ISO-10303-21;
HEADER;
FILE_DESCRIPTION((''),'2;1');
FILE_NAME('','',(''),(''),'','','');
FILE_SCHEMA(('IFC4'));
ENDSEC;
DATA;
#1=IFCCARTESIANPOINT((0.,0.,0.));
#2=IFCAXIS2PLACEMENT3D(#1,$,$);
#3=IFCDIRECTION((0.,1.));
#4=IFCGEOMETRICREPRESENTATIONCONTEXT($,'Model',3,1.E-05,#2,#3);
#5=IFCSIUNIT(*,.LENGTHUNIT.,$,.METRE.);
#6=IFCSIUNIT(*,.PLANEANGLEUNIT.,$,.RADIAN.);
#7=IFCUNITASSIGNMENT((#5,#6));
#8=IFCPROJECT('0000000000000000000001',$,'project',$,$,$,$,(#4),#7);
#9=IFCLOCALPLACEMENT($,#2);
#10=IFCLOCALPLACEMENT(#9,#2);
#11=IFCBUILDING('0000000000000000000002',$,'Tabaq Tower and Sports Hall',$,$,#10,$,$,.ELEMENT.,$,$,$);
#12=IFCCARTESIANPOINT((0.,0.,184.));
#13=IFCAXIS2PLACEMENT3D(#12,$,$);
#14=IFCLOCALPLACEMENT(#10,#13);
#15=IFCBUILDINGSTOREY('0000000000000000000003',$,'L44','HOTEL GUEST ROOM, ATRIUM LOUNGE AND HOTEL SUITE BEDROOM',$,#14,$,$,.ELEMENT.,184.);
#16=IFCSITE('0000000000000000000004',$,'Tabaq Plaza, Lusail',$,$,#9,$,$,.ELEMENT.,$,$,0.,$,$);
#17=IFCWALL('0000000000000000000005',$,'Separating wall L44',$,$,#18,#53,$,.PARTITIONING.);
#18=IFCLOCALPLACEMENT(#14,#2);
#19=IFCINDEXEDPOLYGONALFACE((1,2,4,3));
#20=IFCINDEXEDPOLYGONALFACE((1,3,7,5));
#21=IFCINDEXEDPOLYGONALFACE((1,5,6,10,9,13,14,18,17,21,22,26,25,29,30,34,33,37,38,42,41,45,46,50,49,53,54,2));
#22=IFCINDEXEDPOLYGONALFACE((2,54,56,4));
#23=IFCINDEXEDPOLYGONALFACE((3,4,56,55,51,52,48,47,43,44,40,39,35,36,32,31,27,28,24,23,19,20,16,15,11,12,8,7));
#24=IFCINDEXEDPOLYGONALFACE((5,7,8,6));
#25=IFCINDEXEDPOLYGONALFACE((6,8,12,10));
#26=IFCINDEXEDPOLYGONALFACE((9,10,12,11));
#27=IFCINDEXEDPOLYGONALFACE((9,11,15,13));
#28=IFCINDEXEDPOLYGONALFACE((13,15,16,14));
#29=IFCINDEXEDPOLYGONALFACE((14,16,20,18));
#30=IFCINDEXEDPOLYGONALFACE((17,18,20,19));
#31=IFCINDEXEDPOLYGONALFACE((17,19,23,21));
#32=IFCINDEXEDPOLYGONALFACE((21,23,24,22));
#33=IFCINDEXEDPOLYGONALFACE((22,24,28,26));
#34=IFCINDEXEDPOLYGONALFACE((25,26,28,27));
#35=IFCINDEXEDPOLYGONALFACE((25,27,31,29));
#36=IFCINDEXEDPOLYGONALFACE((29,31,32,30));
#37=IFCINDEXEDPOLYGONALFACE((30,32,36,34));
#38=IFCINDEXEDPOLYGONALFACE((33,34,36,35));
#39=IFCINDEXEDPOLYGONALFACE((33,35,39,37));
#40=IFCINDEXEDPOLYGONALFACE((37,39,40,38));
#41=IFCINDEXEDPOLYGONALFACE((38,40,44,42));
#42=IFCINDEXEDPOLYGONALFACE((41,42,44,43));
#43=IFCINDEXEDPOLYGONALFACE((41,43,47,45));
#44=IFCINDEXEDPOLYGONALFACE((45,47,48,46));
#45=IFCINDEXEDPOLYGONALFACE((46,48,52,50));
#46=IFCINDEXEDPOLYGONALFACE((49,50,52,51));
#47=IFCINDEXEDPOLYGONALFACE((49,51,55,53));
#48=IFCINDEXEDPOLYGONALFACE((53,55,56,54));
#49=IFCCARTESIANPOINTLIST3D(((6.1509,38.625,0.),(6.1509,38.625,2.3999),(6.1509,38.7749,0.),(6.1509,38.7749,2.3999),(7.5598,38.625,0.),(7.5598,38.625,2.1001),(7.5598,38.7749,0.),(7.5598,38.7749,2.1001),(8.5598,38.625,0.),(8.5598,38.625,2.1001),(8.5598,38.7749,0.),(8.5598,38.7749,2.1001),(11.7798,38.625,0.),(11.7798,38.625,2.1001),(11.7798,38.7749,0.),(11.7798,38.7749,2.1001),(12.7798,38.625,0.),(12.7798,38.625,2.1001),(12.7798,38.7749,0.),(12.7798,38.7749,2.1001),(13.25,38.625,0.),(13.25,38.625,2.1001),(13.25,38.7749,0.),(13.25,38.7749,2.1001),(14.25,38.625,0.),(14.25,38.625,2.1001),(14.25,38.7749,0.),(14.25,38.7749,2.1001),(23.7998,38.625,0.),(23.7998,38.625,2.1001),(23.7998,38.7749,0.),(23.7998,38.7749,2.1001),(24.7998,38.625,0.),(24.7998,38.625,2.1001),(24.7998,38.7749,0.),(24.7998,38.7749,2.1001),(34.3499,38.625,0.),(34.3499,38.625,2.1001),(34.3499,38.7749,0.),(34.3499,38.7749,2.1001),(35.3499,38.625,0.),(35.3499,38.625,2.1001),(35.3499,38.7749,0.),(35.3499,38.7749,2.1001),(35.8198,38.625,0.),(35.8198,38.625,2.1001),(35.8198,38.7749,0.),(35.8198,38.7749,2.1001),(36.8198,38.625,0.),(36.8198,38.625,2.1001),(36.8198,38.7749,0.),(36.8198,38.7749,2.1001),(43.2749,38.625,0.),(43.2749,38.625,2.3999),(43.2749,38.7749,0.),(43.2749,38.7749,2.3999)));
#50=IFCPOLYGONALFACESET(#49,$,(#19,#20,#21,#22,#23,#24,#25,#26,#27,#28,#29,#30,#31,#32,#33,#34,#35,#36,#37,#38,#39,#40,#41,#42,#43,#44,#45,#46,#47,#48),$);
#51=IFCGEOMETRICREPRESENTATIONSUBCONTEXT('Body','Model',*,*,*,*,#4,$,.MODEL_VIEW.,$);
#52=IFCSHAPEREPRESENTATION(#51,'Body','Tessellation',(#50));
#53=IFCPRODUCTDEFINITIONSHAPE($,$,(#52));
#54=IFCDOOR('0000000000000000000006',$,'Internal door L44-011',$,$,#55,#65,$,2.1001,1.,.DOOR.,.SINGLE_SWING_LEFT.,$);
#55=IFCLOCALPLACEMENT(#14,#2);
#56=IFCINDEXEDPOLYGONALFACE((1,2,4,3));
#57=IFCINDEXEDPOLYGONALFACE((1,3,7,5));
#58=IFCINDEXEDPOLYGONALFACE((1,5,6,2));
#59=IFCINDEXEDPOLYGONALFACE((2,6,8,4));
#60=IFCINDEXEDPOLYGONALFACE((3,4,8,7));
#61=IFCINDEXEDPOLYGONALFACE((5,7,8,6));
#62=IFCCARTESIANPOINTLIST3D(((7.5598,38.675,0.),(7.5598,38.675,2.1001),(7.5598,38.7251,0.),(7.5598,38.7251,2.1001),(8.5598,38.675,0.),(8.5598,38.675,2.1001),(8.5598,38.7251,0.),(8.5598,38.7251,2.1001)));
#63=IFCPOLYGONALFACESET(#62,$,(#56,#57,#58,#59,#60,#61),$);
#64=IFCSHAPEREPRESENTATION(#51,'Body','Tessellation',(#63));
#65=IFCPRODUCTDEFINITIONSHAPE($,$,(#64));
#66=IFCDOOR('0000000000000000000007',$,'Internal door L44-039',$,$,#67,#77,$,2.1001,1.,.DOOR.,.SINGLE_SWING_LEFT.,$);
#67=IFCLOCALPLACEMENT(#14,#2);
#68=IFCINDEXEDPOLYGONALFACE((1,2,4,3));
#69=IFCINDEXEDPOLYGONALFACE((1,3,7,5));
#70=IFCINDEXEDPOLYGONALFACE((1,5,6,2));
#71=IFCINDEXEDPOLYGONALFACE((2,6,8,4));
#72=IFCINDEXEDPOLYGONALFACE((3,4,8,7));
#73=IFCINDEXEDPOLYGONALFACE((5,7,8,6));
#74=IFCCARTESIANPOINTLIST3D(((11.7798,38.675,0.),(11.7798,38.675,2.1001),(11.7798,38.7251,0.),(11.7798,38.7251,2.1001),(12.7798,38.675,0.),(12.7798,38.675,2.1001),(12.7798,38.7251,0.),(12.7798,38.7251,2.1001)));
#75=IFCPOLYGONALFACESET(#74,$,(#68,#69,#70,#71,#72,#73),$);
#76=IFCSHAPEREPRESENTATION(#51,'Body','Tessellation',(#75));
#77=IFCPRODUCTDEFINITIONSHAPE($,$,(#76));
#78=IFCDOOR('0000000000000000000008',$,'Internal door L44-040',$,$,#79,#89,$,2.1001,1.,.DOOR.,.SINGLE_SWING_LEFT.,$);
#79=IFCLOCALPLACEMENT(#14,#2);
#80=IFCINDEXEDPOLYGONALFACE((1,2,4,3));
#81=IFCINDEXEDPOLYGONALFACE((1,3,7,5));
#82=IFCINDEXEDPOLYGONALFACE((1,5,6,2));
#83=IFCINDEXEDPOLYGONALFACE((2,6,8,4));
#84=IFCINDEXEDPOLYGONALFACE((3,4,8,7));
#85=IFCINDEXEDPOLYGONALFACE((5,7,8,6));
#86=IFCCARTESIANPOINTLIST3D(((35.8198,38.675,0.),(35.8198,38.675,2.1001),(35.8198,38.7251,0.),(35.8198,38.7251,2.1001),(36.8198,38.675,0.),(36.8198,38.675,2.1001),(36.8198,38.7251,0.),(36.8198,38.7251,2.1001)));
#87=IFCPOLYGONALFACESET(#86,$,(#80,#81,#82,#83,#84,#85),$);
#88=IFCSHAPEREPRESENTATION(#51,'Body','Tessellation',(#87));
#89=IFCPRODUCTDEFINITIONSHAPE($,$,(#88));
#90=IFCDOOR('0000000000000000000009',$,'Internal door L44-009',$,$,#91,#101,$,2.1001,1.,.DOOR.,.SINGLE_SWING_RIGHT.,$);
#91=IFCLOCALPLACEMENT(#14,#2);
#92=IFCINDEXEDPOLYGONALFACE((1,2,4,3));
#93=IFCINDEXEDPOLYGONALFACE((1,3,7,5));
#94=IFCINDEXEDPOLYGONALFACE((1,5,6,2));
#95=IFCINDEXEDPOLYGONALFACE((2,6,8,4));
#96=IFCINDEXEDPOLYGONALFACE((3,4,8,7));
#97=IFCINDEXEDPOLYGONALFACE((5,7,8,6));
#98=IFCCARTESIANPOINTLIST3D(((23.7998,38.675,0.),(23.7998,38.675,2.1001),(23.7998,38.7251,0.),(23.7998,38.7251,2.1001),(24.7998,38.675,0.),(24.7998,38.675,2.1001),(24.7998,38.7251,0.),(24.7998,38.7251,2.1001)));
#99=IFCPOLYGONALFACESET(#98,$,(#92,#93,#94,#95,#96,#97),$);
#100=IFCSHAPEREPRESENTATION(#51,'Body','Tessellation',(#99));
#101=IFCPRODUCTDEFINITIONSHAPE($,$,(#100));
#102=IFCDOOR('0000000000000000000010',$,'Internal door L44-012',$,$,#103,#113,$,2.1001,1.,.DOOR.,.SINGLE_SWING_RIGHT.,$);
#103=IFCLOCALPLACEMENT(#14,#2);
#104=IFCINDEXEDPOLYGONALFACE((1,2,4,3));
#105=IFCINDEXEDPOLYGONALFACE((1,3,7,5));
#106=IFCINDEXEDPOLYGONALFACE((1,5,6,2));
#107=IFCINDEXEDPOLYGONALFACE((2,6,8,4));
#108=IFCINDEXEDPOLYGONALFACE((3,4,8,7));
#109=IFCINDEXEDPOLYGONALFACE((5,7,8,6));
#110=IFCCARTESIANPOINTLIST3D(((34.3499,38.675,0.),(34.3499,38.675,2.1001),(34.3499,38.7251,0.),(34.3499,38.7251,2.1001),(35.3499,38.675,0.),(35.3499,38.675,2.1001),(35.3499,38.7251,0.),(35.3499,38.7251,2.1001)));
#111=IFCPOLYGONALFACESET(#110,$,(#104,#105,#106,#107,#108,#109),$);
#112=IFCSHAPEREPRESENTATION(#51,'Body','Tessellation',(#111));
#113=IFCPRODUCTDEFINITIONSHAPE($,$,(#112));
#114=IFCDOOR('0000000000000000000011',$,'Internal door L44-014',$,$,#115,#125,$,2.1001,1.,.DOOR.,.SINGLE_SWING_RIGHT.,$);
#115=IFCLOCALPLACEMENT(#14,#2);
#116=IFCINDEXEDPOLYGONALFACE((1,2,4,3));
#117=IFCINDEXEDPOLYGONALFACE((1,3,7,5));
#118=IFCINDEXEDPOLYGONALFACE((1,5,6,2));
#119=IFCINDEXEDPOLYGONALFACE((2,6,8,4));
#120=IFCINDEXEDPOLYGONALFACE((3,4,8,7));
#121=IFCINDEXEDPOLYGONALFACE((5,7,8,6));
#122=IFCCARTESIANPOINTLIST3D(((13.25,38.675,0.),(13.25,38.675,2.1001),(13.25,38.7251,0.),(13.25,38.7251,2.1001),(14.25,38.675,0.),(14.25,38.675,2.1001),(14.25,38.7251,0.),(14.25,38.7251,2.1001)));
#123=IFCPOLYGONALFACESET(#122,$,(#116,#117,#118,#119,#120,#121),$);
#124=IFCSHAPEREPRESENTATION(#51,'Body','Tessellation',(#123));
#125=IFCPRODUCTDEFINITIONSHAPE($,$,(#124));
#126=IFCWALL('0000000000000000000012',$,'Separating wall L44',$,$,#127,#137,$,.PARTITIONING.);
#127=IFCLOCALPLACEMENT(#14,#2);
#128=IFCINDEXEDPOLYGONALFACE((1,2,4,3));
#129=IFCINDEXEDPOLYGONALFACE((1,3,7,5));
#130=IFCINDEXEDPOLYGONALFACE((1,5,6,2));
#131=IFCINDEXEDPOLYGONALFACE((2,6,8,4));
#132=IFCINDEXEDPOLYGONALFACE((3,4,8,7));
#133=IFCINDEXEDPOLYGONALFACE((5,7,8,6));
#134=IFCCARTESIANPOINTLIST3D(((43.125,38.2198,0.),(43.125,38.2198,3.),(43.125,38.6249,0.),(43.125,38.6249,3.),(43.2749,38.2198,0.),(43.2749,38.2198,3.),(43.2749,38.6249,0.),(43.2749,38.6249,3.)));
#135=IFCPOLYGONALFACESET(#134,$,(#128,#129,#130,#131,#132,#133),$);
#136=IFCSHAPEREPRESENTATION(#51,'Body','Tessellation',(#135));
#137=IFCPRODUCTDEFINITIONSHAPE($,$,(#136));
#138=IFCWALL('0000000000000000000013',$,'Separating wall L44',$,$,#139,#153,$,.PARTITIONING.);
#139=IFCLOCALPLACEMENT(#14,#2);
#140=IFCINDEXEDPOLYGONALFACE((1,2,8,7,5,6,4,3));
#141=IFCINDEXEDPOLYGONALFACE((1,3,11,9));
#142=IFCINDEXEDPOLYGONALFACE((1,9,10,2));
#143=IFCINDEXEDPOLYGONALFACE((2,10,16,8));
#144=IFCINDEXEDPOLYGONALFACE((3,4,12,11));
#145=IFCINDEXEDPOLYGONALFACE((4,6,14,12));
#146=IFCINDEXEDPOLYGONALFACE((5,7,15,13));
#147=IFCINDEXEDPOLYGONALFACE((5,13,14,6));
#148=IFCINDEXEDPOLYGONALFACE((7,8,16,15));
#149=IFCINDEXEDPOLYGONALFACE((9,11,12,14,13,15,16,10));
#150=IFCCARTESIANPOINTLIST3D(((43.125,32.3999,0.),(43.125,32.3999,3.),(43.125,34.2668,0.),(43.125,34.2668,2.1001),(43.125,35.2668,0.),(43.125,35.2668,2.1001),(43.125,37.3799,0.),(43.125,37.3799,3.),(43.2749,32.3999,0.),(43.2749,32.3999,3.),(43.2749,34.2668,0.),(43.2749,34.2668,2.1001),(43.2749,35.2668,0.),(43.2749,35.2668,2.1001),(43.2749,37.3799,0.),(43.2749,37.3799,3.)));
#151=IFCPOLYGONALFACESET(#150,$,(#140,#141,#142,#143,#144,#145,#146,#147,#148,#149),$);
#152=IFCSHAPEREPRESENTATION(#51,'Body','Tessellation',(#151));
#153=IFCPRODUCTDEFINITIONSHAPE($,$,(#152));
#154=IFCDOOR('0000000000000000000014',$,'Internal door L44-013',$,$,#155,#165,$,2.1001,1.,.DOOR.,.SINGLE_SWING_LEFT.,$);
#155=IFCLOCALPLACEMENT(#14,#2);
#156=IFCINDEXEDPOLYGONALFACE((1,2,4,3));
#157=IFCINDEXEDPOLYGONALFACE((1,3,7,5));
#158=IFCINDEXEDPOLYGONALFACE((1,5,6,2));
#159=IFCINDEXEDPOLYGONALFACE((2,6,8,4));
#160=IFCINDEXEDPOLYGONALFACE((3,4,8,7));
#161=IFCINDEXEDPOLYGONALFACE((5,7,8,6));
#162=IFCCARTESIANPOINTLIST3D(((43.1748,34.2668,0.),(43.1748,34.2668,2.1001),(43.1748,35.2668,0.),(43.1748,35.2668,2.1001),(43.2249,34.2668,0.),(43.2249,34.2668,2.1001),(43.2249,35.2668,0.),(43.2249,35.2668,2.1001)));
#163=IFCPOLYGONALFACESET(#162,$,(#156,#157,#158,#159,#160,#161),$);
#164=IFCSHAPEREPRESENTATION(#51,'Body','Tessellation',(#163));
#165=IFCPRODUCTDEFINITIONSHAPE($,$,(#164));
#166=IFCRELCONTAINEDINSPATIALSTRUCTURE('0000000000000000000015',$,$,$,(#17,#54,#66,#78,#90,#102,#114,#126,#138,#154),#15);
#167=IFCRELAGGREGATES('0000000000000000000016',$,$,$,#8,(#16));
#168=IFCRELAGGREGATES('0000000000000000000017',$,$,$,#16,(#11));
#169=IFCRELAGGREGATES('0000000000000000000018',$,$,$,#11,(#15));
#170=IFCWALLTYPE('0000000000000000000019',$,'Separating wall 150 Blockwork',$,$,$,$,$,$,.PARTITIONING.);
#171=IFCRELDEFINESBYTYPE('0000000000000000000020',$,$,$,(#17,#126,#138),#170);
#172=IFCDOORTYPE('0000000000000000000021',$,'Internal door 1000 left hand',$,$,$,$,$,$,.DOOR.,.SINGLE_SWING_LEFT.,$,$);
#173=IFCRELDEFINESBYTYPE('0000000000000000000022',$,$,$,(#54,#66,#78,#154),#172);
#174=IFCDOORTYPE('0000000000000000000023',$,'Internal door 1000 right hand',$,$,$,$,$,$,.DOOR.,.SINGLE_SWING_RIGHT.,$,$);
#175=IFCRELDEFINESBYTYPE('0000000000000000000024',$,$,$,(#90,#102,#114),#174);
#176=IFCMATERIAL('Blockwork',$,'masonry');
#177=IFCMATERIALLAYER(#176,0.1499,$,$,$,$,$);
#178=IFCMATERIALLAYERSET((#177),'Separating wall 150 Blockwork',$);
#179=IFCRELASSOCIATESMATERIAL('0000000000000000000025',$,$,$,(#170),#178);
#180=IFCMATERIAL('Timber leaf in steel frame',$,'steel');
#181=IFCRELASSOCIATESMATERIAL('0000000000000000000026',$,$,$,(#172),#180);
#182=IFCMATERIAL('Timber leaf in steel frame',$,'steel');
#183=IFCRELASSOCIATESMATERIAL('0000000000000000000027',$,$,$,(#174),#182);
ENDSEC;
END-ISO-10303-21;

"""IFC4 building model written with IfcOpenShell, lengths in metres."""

from ifc_helpers import new_model, si_unit, direction, frame, frame_2d, origin, place, context, subcontext, project, spatial, rectangle, extrude, material, layer, layer_set, type_object, element, fill, save


model = new_model("IFC4")

# Units and contexts
model_context = context("Model", 3, precision=1e-05, world=origin(), true_north=direction((0.0, 1.0)))
body_context = subcontext(model_context, "Body", "Model", "MODEL_VIEW")
ifc_project = project(units=[si_unit("LENGTHUNIT", "METRE"), si_unit("PLANEANGLEUNIT", "RADIAN")], contexts=[model_context])

# Site, building, storey
site_placement = place(None, origin())
site = spatial("IfcSite", under=ifc_project, at=site_placement, Name="Tabaq Plaza, Lusail", CompositionType="ELEMENT", RefElevation=0.0)
building_placement = place(site_placement, origin())
building = spatial("IfcBuilding", under=site, at=building_placement, Name="Tabaq Tower and Sports Hall", CompositionType="ELEMENT")
storey_placement = place(building_placement, frame((0.0, 0.0, 184.0)))
storey = spatial("IfcBuildingStorey", under=building, at=storey_placement, Name="L44", Description="HOTEL GUEST ROOM, ATRIUM LOUNGE AND HOTEL SUITE BEDROOM", CompositionType="ELEMENT", Elevation=184.0)

# Shared definitions
ifc_material_1 = material(Name="Blockwork", Category="masonry")
ifc_layer_1 = layer(ifc_material_1, 0.1499)
ifc_layer_set_1 = layer_set([ifc_layer_1], Name="Separating wall 150 Blockwork")
wall_type_1 = type_object("IfcWallType", Name="Separating wall 150 Blockwork", PredefinedType="PARTITIONING", material=ifc_layer_set_1)

# Wall, openings, doors
wall_1_placement = place(storey_placement, frame((43.2749, 38.7, 0.0), z_axis=(0.0, 0.0, 1.0), x_axis=(-1.0, 0.0, 0.0)))
wall_1 = element("IfcWall", 1, at=wall_1_placement, inside=storey, type_object=wall_type_1, Name="Separating wall L44", PredefinedType="PARTITIONING", context=body_context, shape_type="SweptSolid", body=[
    extrude(rectangle(XDim=37.124, YDim=0.1499, at=frame_2d((18.562, 0.0))), origin(), (0.0, 0.0, 1.0), 2.3999),
])
opening_1_placement = place(wall_1_placement, frame((18.4751, 0.0, 0.0)))
opening_1 = element("IfcOpeningElement", 2, at=opening_1_placement, cuts=wall_1, PredefinedType="OPENING", context=body_context, shape_type="SweptSolid", body=[
    extrude(rectangle(XDim=1.0, YDim=2.1001, at=frame_2d((0.5, 1.05))), frame((0.0, 0.075, 0.0), z_axis=(0.0, -1.0, 0.0), x_axis=(1.0, 0.0, 0.0)), (0.0, 0.0, 1.0), 0.1499),
])
opening_2_placement = place(wall_1_placement, frame((34.7151, 0.0, 0.0)))
opening_2 = element("IfcOpeningElement", 3, at=opening_2_placement, cuts=wall_1, PredefinedType="OPENING", context=body_context, shape_type="SweptSolid", body=[
    extrude(rectangle(XDim=1.0, YDim=2.1001, at=frame_2d((0.5, 1.05))), frame((0.0, 0.075, 0.0), z_axis=(0.0, -1.0, 0.0), x_axis=(1.0, 0.0, 0.0)), (0.0, 0.0, 1.0), 0.1499),
])
opening_3_placement = place(wall_1_placement, frame((7.925, 0.0, 0.0)))
opening_3 = element("IfcOpeningElement", 4, at=opening_3_placement, cuts=wall_1, PredefinedType="OPENING", context=body_context, shape_type="SweptSolid", body=[
    extrude(rectangle(XDim=1.0, YDim=2.1001, at=frame_2d((0.5, 1.05))), frame((0.0, 0.075, 0.0), z_axis=(0.0, -1.0, 0.0), x_axis=(1.0, 0.0, 0.0)), (0.0, 0.0, 1.0), 0.1499),
])
opening_4_placement = place(wall_1_placement, frame((29.0249, 0.0, 0.0)))
opening_4 = element("IfcOpeningElement", 5, at=opening_4_placement, cuts=wall_1, PredefinedType="OPENING", context=body_context, shape_type="SweptSolid", body=[
    extrude(rectangle(XDim=1.0, YDim=2.1001, at=frame_2d((0.5, 1.05))), frame((0.0, 0.075, 0.0), z_axis=(0.0, -1.0, 0.0), x_axis=(1.0, 0.0, 0.0)), (0.0, 0.0, 1.0), 0.1499),
])
opening_5_placement = place(wall_1_placement, frame((30.4951, 0.0, 0.0)))
opening_5 = element("IfcOpeningElement", 6, at=opening_5_placement, cuts=wall_1, PredefinedType="OPENING", context=body_context, shape_type="SweptSolid", body=[
    extrude(rectangle(XDim=1.0, YDim=2.1001, at=frame_2d((0.5, 1.05))), frame((0.0, 0.075, 0.0), z_axis=(0.0, -1.0, 0.0), x_axis=(1.0, 0.0, 0.0)), (0.0, 0.0, 1.0), 0.1499),
])
opening_6_placement = place(wall_1_placement, frame((6.4551, 0.0, 0.0)))
opening_6 = element("IfcOpeningElement", 7, at=opening_6_placement, cuts=wall_1, PredefinedType="OPENING", context=body_context, shape_type="SweptSolid", body=[
    extrude(rectangle(XDim=1.0, YDim=2.1001, at=frame_2d((0.5, 1.05))), frame((0.0, 0.075, 0.0), z_axis=(0.0, -1.0, 0.0), x_axis=(1.0, 0.0, 0.0)), (0.0, 0.0, 1.0), 0.1499),
])
ifc_material_2 = material(Name="Timber leaf in steel frame", Category="steel")
door_type_1 = type_object("IfcDoorType", Name="Internal door 1000 left hand", OperationType="SINGLE_SWING_LEFT", PredefinedType="DOOR", material=ifc_material_2)
door_1_placement = place(opening_2_placement, origin())
door_1 = element("IfcDoor", 8, at=door_1_placement, inside=storey, type_object=door_type_1, Name="Internal door L44-011", OperationType="SINGLE_SWING_LEFT", OverallHeight=2.1001, OverallWidth=1.0, PredefinedType="DOOR", context=body_context, shape_type="SweptSolid", body=[
    extrude(rectangle(XDim=1.0, YDim=2.1001, at=frame_2d((0.5, 1.05))), frame((0.0, 0.0249, 0.0), z_axis=(0.0, -1.0, 0.0), x_axis=(1.0, 0.0, 0.0)), (0.0, 0.0, 1.0), 0.05),
])
fill(opening_2, door_1)
door_2_placement = place(opening_5_placement, origin())
door_2 = element("IfcDoor", 9, at=door_2_placement, inside=storey, type_object=door_type_1, Name="Internal door L44-039", OperationType="SINGLE_SWING_LEFT", OverallHeight=2.1001, OverallWidth=1.0, PredefinedType="DOOR", context=body_context, shape_type="SweptSolid", body=[
    extrude(rectangle(XDim=1.0, YDim=2.1001, at=frame_2d((0.5, 1.05))), frame((0.0, 0.0249, 0.0), z_axis=(0.0, -1.0, 0.0), x_axis=(1.0, 0.0, 0.0)), (0.0, 0.0, 1.0), 0.05),
])
fill(opening_5, door_2)
door_3_placement = place(opening_6_placement, origin())
door_3 = element("IfcDoor", 10, at=door_3_placement, inside=storey, type_object=door_type_1, Name="Internal door L44-040", OperationType="SINGLE_SWING_LEFT", OverallHeight=2.1001, OverallWidth=1.0, PredefinedType="DOOR", context=body_context, shape_type="SweptSolid", body=[
    extrude(rectangle(XDim=1.0, YDim=2.1001, at=frame_2d((0.5, 1.05))), frame((0.0, 0.0249, 0.0), z_axis=(0.0, -1.0, 0.0), x_axis=(1.0, 0.0, 0.0)), (0.0, 0.0, 1.0), 0.05),
])
fill(opening_6, door_3)
ifc_material_3 = material(Name="Timber leaf in steel frame", Category="steel")
door_type_2 = type_object("IfcDoorType", Name="Internal door 1000 right hand", OperationType="SINGLE_SWING_RIGHT", PredefinedType="DOOR", material=ifc_material_3)
door_4_placement = place(opening_1_placement, origin())
door_4 = element("IfcDoor", 11, at=door_4_placement, inside=storey, type_object=door_type_2, Name="Internal door L44-009", OperationType="SINGLE_SWING_RIGHT", OverallHeight=2.1001, OverallWidth=1.0, PredefinedType="DOOR", context=body_context, shape_type="SweptSolid", body=[
    extrude(rectangle(XDim=1.0, YDim=2.1001, at=frame_2d((0.5, 1.05))), frame((0.0, 0.0249, 0.0), z_axis=(0.0, -1.0, 0.0), x_axis=(1.0, 0.0, 0.0)), (0.0, 0.0, 1.0), 0.05),
])
fill(opening_1, door_4)
door_5_placement = place(opening_3_placement, origin())
door_5 = element("IfcDoor", 12, at=door_5_placement, inside=storey, type_object=door_type_2, Name="Internal door L44-012", OperationType="SINGLE_SWING_RIGHT", OverallHeight=2.1001, OverallWidth=1.0, PredefinedType="DOOR", context=body_context, shape_type="SweptSolid", body=[
    extrude(rectangle(XDim=1.0, YDim=2.1001, at=frame_2d((0.5, 1.05))), frame((0.0, 0.0249, 0.0), z_axis=(0.0, -1.0, 0.0), x_axis=(1.0, 0.0, 0.0)), (0.0, 0.0, 1.0), 0.05),
])
fill(opening_3, door_5)
door_6_placement = place(opening_4_placement, origin())
door_6 = element("IfcDoor", 13, at=door_6_placement, inside=storey, type_object=door_type_2, Name="Internal door L44-014", OperationType="SINGLE_SWING_RIGHT", OverallHeight=2.1001, OverallWidth=1.0, PredefinedType="DOOR", context=body_context, shape_type="SweptSolid", body=[
    extrude(rectangle(XDim=1.0, YDim=2.1001, at=frame_2d((0.5, 1.05))), frame((0.0, 0.0249, 0.0), z_axis=(0.0, -1.0, 0.0), x_axis=(1.0, 0.0, 0.0)), (0.0, 0.0, 1.0), 0.05),
])
fill(opening_4, door_6)

# Wall
wall_2_placement = place(storey_placement, frame((43.2, 38.625, 0.0), z_axis=(0.0, 0.0, 1.0), x_axis=(0.0, -1.0, 0.0)))
element("IfcWall", 14, at=wall_2_placement, inside=storey, type_object=wall_type_1, Name="Separating wall L44", PredefinedType="PARTITIONING", context=body_context, shape_type="SweptSolid", body=[
    extrude(rectangle(XDim=0.405, YDim=0.1499, at=frame_2d((0.2026, 0.0))), origin(), (0.0, 0.0, 1.0), 3.0),
])

# Wall, opening, door
wall_3_placement = place(storey_placement, frame((43.2, 37.3799, 0.0), z_axis=(0.0, 0.0, 1.0), x_axis=(0.0, -1.0, 0.0)))
wall_3 = element("IfcWall", 15, at=wall_3_placement, inside=storey, type_object=wall_type_1, Name="Separating wall L44", PredefinedType="PARTITIONING", context=body_context, shape_type="SweptSolid", body=[
    extrude(rectangle(XDim=4.98, YDim=0.1499, at=frame_2d((2.49, 0.0))), origin(), (0.0, 0.0, 1.0), 3.0),
])
opening_7_placement = place(wall_3_placement, frame((2.113, 0.0, 0.0)))
opening_7 = element("IfcOpeningElement", 16, at=opening_7_placement, cuts=wall_3, PredefinedType="OPENING", context=body_context, shape_type="SweptSolid", body=[
    extrude(rectangle(XDim=1.0, YDim=2.1001, at=frame_2d((0.5, 1.05))), frame((0.0, 0.075, 0.0), z_axis=(0.0, -1.0, 0.0), x_axis=(1.0, 0.0, 0.0)), (0.0, 0.0, 1.0), 0.1499),
])
door_7_placement = place(opening_7_placement, origin())
door_7 = element("IfcDoor", 17, at=door_7_placement, inside=storey, type_object=door_type_1, Name="Internal door L44-013", OperationType="SINGLE_SWING_LEFT", OverallHeight=2.1001, OverallWidth=1.0, PredefinedType="DOOR", context=body_context, shape_type="SweptSolid", body=[
    extrude(rectangle(XDim=1.0, YDim=2.1001, at=frame_2d((0.5, 1.05))), frame((0.0, 0.0249, 0.0), z_axis=(0.0, -1.0, 0.0), x_axis=(1.0, 0.0, 0.0)), (0.0, 0.0, 1.0), 0.05),
])
fill(opening_7, door_7)

save(model, "model.ifc")
